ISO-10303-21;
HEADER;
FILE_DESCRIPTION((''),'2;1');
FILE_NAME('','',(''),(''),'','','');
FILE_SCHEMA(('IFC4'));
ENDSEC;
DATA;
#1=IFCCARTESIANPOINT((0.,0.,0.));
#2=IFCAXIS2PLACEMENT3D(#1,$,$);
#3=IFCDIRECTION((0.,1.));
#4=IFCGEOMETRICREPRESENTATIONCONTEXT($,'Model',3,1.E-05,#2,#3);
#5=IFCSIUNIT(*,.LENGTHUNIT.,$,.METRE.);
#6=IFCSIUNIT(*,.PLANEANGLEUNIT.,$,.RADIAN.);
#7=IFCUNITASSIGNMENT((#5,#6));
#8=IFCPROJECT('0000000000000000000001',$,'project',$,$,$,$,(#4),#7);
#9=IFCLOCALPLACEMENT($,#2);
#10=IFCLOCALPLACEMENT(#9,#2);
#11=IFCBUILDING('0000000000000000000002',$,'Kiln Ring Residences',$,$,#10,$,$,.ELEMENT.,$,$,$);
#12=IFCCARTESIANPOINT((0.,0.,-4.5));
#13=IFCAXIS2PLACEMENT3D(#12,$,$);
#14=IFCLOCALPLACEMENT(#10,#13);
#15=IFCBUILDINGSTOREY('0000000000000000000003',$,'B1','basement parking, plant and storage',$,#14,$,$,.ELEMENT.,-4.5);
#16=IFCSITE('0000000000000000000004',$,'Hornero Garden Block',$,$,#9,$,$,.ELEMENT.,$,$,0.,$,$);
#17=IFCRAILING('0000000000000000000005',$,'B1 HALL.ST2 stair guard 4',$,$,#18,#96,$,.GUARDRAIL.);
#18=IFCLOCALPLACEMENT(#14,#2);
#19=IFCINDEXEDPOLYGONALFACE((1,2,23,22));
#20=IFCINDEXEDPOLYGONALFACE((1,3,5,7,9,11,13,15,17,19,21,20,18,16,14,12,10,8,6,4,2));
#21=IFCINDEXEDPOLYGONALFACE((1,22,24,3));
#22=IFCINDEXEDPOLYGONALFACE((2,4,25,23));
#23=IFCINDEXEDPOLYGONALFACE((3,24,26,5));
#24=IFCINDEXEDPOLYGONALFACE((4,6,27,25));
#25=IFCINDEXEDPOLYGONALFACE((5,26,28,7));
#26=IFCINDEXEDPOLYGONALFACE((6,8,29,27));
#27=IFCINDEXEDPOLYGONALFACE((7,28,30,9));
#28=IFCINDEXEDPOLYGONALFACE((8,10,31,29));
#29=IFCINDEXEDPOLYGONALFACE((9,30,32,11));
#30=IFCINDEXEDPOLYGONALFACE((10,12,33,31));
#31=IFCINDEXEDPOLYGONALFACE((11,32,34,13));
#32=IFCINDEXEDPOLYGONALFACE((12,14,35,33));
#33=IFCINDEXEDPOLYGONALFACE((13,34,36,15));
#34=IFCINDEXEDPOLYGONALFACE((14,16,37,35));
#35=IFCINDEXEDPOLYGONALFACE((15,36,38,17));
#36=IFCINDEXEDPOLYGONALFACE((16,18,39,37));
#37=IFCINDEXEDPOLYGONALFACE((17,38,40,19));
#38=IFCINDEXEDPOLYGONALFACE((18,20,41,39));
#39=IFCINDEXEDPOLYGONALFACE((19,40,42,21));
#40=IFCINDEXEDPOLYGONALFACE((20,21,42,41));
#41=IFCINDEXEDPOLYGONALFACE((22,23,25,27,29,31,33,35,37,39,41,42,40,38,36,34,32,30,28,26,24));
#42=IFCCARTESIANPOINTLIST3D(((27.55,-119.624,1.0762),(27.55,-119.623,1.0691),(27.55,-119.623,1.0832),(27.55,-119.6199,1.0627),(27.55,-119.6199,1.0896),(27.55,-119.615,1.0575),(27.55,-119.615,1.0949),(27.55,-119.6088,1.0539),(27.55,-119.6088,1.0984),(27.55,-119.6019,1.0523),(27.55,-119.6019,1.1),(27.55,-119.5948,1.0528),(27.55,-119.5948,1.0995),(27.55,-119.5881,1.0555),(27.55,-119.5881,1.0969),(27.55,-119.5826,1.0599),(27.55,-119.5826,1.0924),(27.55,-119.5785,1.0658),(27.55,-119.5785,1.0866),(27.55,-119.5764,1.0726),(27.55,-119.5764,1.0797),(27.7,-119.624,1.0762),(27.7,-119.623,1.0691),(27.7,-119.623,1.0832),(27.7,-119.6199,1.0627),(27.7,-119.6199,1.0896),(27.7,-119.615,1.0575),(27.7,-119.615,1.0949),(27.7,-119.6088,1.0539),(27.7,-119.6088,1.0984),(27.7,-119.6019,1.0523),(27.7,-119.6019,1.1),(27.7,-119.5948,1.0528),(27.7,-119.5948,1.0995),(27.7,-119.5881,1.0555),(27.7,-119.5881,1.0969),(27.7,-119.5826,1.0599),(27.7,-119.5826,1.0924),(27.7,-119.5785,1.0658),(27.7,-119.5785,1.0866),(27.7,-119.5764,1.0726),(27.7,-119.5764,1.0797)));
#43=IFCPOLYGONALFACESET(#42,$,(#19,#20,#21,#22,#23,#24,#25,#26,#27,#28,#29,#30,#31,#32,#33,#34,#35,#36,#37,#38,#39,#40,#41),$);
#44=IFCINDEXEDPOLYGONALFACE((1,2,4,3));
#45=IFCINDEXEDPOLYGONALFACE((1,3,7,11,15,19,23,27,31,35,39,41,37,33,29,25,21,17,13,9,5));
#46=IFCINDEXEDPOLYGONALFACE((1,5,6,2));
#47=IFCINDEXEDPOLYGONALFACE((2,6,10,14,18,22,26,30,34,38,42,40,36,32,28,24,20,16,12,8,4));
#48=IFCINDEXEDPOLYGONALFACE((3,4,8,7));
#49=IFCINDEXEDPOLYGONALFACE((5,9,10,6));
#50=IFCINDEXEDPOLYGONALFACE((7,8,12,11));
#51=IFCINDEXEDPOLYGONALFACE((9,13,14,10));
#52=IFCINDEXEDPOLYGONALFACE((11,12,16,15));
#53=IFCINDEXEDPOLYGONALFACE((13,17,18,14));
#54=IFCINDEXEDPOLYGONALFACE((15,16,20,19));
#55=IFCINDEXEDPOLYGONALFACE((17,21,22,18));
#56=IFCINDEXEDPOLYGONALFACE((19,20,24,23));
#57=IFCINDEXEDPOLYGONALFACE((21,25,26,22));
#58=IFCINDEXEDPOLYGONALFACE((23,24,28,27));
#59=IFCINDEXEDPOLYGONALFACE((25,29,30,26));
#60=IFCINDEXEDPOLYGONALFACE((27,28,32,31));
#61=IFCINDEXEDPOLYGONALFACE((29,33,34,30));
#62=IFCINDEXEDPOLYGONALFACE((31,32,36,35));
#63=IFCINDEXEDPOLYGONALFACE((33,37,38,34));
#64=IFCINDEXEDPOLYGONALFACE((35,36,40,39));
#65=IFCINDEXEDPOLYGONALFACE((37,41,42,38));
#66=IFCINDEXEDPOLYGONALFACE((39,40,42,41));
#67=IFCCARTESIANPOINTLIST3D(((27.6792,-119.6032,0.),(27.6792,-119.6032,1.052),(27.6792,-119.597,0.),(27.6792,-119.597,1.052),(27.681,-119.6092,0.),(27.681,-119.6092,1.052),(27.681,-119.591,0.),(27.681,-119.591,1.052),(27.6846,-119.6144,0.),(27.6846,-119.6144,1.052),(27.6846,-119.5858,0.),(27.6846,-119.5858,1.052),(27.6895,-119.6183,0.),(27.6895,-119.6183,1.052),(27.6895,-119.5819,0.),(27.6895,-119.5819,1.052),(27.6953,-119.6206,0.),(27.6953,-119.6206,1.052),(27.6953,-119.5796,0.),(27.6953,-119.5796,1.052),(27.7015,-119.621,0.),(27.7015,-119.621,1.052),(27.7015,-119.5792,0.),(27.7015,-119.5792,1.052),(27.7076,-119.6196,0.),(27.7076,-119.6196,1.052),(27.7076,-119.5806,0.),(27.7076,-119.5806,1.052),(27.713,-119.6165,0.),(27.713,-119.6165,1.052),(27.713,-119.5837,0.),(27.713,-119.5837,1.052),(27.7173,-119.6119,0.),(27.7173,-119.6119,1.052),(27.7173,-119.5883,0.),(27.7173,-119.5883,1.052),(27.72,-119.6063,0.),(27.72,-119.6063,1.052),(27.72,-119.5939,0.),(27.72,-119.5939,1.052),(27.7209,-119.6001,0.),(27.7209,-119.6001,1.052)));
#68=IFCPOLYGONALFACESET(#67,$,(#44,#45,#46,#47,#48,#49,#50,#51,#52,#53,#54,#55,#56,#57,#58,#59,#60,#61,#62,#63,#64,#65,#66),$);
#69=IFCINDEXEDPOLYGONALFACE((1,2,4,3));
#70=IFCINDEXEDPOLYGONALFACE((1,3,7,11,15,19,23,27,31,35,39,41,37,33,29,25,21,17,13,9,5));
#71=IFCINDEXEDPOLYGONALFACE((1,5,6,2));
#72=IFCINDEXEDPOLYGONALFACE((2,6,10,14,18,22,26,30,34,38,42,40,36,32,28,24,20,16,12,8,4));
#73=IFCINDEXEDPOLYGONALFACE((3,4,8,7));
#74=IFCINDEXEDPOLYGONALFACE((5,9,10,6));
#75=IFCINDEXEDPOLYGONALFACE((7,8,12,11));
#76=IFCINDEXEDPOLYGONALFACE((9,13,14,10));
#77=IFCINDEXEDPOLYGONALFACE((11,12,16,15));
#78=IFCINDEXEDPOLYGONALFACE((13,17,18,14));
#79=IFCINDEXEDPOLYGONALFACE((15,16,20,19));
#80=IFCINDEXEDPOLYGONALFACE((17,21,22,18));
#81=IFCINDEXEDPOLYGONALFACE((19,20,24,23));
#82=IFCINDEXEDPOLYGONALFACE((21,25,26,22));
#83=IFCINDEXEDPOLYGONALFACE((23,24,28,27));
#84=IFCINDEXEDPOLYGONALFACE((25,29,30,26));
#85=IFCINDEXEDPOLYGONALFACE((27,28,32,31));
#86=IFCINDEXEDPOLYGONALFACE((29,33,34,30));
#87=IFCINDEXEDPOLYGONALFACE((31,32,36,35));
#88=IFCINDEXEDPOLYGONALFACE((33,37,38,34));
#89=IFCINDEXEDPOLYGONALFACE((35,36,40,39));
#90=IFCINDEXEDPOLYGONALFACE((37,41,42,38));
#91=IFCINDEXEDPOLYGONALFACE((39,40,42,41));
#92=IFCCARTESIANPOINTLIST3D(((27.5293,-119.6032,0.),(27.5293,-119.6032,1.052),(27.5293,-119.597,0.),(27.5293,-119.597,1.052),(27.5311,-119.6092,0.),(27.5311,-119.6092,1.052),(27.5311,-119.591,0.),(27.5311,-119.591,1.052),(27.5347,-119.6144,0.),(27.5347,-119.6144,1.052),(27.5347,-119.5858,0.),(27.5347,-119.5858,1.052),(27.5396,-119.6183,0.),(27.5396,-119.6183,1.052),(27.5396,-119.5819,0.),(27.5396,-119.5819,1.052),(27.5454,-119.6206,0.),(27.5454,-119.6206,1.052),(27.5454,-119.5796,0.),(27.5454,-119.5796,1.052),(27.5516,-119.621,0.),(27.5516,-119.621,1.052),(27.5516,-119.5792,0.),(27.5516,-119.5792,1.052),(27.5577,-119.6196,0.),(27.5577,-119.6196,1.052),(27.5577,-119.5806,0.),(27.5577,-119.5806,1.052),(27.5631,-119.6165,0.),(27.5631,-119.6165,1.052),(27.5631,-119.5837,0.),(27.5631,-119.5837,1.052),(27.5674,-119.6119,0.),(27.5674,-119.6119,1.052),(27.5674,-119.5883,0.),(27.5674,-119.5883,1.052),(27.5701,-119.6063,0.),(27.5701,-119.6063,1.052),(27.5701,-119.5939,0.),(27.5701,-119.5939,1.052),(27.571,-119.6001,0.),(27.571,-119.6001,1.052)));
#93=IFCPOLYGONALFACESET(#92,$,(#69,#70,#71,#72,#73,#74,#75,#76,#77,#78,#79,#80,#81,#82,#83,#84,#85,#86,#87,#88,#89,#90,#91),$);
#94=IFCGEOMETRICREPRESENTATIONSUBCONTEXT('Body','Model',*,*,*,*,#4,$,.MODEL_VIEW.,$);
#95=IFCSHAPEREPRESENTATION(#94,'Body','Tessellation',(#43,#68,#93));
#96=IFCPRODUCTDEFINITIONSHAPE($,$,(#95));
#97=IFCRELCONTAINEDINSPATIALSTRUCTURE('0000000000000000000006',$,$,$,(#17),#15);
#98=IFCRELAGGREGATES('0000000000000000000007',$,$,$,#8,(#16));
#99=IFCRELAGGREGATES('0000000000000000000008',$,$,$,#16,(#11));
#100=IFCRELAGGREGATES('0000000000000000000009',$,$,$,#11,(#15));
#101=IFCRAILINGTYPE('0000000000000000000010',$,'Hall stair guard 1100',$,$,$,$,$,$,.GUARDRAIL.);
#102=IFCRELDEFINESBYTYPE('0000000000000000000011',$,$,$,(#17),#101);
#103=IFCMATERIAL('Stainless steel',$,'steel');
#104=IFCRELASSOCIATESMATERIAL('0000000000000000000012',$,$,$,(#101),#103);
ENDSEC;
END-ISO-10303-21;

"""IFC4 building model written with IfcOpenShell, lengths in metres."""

from ifc_helpers import new_model, si_unit, direction, frame, origin, origin_2d, place, context, subcontext, project, spatial, circle, extrude, material, type_object, element, save


model = new_model("IFC4")

# Units and contexts
model_context = context("Model", 3, precision=1e-05, world=origin(), true_north=direction((0.0, 1.0)))
body_context = subcontext(model_context, "Body", "Model", "MODEL_VIEW")
ifc_project = project(units=[si_unit("LENGTHUNIT", "METRE"), si_unit("PLANEANGLEUNIT", "RADIAN")], contexts=[model_context])

# Site, building, storey
site_placement = place(None, origin())
site = spatial("IfcSite", under=ifc_project, at=site_placement, Name="Hornero Garden Block", CompositionType="ELEMENT", RefElevation=0.0)
building_placement = place(site_placement, origin())
building = spatial("IfcBuilding", under=site, at=building_placement, Name="Kiln Ring Residences", CompositionType="ELEMENT")
storey_placement = place(building_placement, frame((0.0, 0.0, -4.5)))
storey = spatial("IfcBuildingStorey", under=building, at=storey_placement, Name="B1", Description="basement parking, plant and storage", CompositionType="ELEMENT", Elevation=-4.5)

# Railing
ifc_material_1 = material(Name="Stainless steel", Category="steel")
railing_type_1 = type_object("IfcRailingType", Name="Hall stair guard 1100", PredefinedType="GUARDRAIL", material=ifc_material_1)
railing_1_placement = place(storey_placement, frame((27.7, -119.6001, 0.0)))
element("IfcRailing", 1, at=railing_1_placement, inside=storey, type_object=railing_type_1, Name="B1 HALL.ST2 stair guard 4", PredefinedType="GUARDRAIL", context=body_context, shape_type="SweptSolid", body=[
    extrude(circle(Radius=0.0239, at=origin_2d()), frame((0.0, 0.0, 1.0762), z_axis=(-1.0, 0.0, 0.0), x_axis=(0.0, -1.0, 0.0)), (0.0, 0.0, 1.0), 0.1499),
    extrude(circle(Radius=0.021, at=origin_2d()), origin(), (0.0, 0.0, 1.0), 1.052),
    extrude(circle(Radius=0.021, at=origin_2d()), frame((-0.1499, 0.0, 0.0)), (0.0, 0.0, 1.0), 1.052),
])

save(model, "model.ifc")
